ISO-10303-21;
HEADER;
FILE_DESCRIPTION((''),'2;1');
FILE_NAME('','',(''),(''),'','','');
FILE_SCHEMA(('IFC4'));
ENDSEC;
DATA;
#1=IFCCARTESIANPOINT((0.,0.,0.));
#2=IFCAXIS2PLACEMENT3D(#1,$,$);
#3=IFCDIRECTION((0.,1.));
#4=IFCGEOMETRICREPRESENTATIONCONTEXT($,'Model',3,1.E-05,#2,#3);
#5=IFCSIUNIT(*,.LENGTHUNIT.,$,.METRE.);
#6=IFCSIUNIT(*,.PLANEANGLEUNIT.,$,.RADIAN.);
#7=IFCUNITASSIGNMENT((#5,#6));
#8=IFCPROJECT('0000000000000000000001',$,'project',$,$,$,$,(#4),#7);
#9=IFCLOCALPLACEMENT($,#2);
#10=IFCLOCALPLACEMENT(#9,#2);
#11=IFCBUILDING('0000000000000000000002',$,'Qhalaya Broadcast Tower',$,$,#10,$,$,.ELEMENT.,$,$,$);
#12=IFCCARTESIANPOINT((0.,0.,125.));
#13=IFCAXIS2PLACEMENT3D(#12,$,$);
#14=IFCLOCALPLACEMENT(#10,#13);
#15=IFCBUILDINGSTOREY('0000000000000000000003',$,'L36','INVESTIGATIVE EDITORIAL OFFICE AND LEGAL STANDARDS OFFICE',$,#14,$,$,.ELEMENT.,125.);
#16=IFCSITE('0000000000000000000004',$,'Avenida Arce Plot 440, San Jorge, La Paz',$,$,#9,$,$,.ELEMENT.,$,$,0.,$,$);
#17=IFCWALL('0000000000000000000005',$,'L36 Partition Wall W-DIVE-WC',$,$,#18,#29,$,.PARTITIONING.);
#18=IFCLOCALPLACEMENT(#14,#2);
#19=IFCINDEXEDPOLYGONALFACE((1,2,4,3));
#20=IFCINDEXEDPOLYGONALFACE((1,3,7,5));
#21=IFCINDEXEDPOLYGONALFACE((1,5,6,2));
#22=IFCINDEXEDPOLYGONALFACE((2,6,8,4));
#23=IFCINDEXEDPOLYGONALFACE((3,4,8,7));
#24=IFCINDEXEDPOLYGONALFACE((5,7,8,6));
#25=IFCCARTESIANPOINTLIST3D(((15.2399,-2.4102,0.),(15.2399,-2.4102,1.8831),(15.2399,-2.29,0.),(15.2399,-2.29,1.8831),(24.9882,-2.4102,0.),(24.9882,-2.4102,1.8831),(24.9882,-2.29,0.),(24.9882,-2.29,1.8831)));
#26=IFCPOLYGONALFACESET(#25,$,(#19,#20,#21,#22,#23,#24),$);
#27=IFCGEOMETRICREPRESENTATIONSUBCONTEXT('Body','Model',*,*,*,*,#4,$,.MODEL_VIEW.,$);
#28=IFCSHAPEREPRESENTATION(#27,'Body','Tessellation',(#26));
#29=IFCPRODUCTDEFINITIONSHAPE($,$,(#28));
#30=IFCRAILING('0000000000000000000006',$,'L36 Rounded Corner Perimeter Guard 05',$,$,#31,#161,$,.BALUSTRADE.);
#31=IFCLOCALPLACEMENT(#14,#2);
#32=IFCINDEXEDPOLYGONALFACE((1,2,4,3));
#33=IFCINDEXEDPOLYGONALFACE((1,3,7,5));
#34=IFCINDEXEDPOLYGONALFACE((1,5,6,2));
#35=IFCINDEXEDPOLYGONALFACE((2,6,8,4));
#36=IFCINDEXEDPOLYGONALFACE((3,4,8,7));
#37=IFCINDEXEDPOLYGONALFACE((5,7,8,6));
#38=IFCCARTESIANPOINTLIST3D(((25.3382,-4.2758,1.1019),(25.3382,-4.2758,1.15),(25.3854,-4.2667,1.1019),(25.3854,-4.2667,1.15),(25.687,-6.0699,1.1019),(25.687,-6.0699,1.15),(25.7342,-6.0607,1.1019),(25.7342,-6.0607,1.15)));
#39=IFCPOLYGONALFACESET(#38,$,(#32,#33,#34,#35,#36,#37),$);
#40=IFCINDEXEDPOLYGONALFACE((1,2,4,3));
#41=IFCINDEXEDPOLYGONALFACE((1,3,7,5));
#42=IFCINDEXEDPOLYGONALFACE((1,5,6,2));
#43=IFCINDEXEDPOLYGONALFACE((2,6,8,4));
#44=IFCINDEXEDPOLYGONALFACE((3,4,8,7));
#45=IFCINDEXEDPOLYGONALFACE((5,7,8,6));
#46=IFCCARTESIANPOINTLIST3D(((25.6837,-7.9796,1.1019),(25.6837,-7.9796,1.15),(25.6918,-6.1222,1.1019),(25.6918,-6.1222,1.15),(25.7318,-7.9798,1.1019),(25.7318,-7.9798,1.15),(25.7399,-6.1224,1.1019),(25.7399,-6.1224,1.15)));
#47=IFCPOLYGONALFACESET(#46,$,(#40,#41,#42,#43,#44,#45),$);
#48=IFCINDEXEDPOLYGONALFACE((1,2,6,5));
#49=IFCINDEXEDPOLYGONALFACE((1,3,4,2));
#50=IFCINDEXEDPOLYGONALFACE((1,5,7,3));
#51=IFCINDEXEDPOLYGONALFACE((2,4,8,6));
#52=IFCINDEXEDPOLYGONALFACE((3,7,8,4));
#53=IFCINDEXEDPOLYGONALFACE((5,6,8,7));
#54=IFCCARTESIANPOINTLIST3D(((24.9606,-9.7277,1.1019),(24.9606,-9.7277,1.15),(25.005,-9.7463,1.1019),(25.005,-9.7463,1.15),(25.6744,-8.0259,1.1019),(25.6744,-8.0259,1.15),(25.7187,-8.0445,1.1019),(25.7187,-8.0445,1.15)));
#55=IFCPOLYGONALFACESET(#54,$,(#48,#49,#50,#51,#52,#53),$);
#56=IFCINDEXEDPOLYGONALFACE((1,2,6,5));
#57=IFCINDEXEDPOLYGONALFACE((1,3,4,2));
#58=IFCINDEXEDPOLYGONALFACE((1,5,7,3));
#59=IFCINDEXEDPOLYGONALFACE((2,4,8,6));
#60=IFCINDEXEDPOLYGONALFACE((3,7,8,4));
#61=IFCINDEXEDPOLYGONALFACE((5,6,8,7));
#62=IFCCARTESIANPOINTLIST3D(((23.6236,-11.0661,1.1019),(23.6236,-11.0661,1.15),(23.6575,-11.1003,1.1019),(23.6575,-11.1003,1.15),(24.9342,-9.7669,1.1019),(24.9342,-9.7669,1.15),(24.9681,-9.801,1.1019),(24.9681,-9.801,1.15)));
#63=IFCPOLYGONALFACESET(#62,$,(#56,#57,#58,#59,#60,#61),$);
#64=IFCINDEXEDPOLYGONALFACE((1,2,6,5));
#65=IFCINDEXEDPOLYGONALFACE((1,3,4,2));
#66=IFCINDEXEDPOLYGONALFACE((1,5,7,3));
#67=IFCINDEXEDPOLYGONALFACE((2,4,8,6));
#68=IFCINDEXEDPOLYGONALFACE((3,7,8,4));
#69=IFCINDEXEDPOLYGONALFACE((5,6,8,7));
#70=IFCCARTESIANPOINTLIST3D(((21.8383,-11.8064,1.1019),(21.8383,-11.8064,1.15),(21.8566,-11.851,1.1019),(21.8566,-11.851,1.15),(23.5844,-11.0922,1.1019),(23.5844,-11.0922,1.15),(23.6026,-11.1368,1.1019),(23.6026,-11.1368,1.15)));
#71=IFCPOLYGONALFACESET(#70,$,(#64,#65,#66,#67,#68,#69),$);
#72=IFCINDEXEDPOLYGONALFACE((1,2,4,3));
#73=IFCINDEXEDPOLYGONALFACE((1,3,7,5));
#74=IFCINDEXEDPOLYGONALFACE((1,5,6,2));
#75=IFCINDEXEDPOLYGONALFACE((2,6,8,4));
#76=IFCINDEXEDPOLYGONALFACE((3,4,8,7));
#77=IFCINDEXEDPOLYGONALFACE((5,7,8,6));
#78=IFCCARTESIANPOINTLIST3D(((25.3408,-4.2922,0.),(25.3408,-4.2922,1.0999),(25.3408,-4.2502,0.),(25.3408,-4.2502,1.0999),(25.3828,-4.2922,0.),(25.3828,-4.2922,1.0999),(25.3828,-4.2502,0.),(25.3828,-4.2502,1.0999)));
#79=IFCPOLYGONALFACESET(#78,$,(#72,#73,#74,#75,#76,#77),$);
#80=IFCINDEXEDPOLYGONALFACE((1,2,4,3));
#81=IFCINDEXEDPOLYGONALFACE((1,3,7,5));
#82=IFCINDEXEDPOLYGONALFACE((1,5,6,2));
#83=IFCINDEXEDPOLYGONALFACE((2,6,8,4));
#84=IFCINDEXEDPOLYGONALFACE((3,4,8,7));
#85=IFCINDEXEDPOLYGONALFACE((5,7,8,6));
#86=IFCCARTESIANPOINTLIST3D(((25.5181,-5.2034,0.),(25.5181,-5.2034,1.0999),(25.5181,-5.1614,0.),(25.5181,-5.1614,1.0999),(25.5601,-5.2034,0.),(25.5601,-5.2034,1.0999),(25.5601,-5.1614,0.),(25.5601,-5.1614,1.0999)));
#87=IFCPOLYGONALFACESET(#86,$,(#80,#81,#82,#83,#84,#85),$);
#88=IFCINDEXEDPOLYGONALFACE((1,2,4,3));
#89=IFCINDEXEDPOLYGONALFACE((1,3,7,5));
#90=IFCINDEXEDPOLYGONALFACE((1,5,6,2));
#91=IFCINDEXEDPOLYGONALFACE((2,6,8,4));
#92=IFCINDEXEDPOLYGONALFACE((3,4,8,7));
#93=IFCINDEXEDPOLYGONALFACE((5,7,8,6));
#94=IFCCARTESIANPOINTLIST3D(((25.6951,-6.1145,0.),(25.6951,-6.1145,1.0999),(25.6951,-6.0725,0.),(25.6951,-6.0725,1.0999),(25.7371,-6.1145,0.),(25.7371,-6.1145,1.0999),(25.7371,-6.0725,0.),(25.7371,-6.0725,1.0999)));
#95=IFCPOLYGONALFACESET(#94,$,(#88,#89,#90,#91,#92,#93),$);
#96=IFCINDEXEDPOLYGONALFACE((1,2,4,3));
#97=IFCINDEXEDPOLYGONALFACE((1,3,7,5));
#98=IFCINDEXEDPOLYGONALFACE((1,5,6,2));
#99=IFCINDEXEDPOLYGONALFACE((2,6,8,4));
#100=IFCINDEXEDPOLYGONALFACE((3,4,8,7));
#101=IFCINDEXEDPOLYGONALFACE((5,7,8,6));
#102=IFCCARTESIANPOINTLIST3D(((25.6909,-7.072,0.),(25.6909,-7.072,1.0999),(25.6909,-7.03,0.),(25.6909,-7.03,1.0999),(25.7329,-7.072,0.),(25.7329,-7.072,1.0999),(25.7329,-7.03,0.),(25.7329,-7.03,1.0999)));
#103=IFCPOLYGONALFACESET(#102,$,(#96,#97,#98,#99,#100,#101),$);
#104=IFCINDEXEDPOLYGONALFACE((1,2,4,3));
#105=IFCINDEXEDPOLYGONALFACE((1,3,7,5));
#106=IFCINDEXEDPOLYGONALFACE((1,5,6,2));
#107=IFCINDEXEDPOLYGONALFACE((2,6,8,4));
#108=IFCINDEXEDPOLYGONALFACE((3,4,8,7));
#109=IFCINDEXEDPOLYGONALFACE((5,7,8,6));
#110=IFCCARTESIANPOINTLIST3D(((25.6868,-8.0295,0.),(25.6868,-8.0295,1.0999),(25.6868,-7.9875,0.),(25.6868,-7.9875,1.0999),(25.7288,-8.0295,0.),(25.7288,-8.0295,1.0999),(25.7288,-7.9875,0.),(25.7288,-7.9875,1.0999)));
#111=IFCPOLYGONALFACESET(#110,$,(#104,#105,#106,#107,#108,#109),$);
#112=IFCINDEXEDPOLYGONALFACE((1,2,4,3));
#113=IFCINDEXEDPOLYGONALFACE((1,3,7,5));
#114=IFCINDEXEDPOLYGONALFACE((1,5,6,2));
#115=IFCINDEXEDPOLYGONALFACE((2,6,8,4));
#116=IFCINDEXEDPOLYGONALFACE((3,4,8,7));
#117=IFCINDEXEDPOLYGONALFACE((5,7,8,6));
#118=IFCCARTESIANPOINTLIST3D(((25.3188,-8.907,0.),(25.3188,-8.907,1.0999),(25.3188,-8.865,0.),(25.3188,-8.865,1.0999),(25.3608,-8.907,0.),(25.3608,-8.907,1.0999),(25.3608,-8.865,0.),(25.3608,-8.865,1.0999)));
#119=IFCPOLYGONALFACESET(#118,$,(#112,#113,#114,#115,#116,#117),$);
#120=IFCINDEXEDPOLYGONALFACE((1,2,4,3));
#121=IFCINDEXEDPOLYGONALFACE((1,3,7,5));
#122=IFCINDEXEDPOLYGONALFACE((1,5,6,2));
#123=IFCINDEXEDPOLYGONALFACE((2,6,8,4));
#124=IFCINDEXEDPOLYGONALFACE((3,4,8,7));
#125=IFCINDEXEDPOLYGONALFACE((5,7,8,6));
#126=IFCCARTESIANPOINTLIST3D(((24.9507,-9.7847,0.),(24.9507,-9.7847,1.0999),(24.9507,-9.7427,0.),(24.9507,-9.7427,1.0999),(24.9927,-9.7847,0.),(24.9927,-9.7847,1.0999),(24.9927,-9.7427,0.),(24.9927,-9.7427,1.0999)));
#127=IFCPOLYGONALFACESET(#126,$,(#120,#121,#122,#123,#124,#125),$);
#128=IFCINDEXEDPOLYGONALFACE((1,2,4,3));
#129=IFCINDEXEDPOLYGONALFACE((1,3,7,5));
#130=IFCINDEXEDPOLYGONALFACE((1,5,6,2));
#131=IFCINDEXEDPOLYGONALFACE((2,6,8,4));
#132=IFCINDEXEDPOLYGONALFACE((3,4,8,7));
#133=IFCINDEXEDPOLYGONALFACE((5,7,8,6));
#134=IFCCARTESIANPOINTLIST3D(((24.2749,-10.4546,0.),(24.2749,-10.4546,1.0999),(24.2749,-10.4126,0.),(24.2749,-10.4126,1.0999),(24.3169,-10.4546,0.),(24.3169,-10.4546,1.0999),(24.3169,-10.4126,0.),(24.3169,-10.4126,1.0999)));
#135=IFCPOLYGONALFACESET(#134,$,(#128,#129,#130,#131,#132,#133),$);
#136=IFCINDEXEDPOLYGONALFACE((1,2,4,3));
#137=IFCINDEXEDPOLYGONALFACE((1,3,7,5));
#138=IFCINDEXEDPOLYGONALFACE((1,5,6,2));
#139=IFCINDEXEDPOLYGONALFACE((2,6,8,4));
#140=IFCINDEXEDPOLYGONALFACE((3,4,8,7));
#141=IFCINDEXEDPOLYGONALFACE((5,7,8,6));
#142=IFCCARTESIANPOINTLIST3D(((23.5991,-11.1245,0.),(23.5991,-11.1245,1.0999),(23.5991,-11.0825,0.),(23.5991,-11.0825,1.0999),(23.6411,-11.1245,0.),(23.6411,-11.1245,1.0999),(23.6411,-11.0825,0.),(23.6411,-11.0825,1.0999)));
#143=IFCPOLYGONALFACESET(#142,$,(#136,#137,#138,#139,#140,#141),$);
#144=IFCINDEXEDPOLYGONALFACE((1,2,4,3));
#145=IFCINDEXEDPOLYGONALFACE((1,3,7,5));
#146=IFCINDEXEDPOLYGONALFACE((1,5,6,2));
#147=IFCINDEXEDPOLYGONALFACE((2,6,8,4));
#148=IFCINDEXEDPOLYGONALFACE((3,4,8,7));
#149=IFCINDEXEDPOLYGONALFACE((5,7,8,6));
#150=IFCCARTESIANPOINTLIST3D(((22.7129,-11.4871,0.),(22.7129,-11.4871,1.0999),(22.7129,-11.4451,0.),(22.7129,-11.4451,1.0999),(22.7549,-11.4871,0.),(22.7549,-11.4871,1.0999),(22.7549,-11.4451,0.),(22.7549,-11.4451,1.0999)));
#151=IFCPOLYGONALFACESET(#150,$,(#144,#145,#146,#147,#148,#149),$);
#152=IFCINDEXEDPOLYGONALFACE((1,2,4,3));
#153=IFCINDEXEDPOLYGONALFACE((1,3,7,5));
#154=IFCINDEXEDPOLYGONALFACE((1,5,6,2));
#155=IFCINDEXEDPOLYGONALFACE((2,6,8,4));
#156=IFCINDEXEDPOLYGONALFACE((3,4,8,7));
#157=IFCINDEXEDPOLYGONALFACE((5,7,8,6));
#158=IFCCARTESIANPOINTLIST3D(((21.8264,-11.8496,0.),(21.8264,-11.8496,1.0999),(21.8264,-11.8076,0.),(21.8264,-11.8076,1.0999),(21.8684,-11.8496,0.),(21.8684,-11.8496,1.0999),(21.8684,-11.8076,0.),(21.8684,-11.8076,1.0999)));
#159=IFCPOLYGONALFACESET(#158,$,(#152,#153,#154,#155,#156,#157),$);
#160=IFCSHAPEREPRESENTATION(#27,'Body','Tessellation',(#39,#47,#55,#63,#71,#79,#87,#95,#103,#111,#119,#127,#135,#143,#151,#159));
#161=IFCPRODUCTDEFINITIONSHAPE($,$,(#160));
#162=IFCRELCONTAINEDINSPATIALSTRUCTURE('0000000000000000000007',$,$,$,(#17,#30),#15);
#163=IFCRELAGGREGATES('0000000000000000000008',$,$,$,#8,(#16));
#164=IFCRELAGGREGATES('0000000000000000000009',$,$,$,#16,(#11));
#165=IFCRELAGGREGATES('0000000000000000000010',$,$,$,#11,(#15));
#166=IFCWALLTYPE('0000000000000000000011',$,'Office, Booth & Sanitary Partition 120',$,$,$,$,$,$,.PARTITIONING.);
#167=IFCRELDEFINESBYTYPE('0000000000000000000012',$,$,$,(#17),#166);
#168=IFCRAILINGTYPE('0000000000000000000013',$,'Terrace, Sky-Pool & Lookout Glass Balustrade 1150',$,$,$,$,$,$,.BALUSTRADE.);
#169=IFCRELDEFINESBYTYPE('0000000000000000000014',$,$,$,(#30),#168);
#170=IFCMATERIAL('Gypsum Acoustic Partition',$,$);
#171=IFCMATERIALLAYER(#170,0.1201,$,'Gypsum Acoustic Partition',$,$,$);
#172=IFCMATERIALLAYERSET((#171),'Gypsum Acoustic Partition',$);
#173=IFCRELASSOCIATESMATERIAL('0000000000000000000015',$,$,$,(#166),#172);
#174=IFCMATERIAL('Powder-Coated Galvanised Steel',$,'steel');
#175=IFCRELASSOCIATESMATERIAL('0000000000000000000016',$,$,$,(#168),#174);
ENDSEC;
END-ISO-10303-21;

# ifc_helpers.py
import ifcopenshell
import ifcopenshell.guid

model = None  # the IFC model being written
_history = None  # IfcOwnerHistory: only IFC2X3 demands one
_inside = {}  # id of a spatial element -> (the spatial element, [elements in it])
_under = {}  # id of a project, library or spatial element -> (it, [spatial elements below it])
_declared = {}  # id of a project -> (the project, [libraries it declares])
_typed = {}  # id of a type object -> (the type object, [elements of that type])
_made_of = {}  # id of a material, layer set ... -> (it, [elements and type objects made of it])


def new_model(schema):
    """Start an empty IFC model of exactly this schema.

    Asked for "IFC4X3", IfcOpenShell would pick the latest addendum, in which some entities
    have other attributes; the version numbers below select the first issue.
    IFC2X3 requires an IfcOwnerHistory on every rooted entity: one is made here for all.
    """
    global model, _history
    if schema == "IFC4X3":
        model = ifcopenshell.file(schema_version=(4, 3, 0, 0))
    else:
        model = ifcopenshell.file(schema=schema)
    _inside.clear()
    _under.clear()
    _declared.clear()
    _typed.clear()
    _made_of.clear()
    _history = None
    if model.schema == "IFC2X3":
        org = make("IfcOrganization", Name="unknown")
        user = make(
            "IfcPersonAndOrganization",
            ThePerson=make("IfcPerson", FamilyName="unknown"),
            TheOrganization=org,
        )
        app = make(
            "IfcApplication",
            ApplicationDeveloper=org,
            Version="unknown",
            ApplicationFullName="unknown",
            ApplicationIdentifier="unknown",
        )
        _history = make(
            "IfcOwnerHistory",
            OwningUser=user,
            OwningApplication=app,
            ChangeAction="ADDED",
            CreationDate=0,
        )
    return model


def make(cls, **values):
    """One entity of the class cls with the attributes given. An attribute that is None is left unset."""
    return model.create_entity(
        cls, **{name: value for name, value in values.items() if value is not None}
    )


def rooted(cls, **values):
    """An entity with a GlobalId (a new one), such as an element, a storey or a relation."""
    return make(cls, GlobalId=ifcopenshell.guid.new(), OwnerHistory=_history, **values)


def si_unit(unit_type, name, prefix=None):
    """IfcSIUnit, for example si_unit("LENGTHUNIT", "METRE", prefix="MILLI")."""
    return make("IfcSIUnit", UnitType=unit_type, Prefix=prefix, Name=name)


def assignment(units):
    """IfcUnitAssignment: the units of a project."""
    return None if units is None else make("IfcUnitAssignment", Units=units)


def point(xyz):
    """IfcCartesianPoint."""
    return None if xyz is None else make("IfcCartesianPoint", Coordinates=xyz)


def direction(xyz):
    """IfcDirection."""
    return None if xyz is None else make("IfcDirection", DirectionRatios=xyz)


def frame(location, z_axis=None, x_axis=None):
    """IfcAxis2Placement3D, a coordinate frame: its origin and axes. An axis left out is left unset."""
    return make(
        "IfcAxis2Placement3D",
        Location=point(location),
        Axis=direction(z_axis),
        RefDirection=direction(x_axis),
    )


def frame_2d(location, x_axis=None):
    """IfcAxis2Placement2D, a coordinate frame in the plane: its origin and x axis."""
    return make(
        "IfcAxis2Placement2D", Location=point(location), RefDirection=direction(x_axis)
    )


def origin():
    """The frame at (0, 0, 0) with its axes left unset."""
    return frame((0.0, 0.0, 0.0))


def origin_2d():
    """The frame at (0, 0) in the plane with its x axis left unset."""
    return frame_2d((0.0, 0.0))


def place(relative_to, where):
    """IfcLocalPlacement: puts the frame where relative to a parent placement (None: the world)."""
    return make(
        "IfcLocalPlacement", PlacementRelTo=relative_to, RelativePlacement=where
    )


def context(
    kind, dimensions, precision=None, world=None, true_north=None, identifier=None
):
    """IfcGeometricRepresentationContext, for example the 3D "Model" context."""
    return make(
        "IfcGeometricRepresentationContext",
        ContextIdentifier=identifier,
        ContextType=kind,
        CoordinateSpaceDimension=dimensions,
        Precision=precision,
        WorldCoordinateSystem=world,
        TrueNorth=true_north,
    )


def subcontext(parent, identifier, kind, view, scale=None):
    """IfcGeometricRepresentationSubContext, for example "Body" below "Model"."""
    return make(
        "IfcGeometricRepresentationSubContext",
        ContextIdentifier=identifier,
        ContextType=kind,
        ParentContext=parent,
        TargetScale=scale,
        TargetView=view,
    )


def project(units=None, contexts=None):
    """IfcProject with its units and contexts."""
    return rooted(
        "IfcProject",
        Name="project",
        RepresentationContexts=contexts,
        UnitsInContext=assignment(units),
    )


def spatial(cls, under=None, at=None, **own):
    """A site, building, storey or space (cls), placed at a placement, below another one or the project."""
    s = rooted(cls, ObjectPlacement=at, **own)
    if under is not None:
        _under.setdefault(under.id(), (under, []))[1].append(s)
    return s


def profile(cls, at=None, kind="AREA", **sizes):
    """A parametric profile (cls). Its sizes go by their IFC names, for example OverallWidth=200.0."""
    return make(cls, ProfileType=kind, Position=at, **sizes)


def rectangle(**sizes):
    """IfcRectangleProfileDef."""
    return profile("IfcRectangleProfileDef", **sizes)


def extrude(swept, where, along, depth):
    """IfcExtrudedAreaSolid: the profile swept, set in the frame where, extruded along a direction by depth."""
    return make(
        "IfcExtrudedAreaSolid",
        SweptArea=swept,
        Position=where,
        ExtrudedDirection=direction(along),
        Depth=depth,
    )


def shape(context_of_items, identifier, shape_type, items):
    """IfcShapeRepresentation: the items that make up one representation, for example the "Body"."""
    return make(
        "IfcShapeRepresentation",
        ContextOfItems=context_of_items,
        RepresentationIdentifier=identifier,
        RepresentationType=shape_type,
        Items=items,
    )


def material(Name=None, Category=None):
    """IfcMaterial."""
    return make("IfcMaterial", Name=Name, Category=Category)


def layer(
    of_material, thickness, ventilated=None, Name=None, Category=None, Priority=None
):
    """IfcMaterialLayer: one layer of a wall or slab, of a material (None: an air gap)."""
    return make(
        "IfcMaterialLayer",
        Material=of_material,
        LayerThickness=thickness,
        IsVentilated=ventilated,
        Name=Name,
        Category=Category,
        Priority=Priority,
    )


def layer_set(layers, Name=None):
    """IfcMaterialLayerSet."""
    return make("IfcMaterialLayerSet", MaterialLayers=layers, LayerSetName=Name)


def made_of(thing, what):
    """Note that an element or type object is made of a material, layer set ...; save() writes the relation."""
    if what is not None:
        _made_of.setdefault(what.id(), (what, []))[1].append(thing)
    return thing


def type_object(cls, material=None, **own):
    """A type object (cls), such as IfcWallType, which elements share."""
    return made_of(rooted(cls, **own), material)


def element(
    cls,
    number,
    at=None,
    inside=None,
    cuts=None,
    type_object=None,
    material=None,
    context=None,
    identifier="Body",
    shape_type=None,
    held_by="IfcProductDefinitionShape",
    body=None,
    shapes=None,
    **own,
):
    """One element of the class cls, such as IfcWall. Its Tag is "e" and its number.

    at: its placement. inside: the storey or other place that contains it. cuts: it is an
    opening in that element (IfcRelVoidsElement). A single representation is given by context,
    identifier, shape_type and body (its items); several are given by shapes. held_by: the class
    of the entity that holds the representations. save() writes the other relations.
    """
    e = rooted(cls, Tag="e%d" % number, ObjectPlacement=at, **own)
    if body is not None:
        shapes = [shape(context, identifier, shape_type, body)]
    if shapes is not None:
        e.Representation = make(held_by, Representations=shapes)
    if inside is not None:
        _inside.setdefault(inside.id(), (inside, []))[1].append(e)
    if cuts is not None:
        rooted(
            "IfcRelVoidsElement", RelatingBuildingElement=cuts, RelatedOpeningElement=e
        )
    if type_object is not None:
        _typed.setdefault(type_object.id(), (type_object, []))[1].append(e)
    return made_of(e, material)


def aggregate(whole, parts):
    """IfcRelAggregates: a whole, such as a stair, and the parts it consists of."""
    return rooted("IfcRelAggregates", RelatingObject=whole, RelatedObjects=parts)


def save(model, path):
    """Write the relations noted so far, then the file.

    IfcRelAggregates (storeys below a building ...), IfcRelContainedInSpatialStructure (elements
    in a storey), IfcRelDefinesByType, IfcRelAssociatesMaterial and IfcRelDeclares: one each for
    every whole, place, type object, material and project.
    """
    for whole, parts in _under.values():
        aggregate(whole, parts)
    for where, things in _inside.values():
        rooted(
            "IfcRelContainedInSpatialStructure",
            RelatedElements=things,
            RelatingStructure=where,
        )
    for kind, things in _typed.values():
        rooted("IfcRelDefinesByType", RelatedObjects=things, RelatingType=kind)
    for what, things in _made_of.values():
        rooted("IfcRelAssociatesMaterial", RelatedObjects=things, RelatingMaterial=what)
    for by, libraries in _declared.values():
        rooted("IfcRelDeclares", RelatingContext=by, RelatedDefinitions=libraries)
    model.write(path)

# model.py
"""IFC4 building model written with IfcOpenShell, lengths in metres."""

from ifc_helpers import new_model, si_unit, direction, frame, frame_2d, origin, origin_2d, place, context, subcontext, project, spatial, rectangle, extrude, material, layer, layer_set, type_object, element, save


model = new_model("IFC4")

# Units and contexts
model_context = context("Model", 3, precision=1e-05, world=origin(), true_north=direction((0.0, 1.0)))
body_context = subcontext(model_context, "Body", "Model", "MODEL_VIEW")
ifc_project = project(units=[si_unit("LENGTHUNIT", "METRE"), si_unit("PLANEANGLEUNIT", "RADIAN")], contexts=[model_context])

# Site, building, storey
site_placement = place(None, origin())
site = spatial("IfcSite", under=ifc_project, at=site_placement, Name="Avenida Arce Plot 440, San Jorge, La Paz", CompositionType="ELEMENT", RefElevation=0.0)
building_placement = place(site_placement, origin())
building = spatial("IfcBuilding", under=site, at=building_placement, Name="Qhalaya Broadcast Tower", CompositionType="ELEMENT")
storey_placement = place(building_placement, frame((0.0, 0.0, 125.0)))
storey = spatial("IfcBuildingStorey", under=building, at=storey_placement, Name="L36", Description="INVESTIGATIVE EDITORIAL OFFICE AND LEGAL STANDARDS OFFICE", CompositionType="ELEMENT", Elevation=125.0)

# Shared definitions
ifc_material_1 = material(Name="Gypsum Acoustic Partition")
ifc_layer_1 = layer(ifc_material_1, 0.1201, Name="Gypsum Acoustic Partition")
ifc_layer_set_1 = layer_set([ifc_layer_1], Name="Gypsum Acoustic Partition")
wall_type_1 = type_object("IfcWallType", Name="Office, Booth & Sanitary Partition 120", PredefinedType="PARTITIONING", material=ifc_layer_set_1)

# Wall
wall_1_placement = place(storey_placement, frame((15.24, -2.3501, 0.0), z_axis=(0.0, 0.0, 1.0), x_axis=(1.0, 0.0, 0.0)))
element("IfcWall", 1, at=wall_1_placement, inside=storey, type_object=wall_type_1, Name="L36 Partition Wall W-DIVE-WC", PredefinedType="PARTITIONING", context=body_context, shape_type="SweptSolid", body=[
    extrude(rectangle(XDim=9.7483, YDim=0.1201, at=frame_2d((4.874, 0.0))), origin(), (0.0, 0.0, 1.0), 1.8831),
])

# Railing
ifc_material_2 = material(Name="Powder-Coated Galvanised Steel", Category="steel")
railing_type = type_object("IfcRailingType", Name="Terrace, Sky-Pool & Lookout Glass Balustrade 1150", PredefinedType="BALUSTRADE", material=ifc_material_2)
railing_placement = place(storey_placement, frame((25.3618, -4.2712, 0.0)))
element("IfcRailing", 2, at=railing_placement, inside=storey, type_object=railing_type, Name="L36 Rounded Corner Perimeter Guard 05", PredefinedType="BALUSTRADE", context=body_context, shape_type="SweptSolid", body=[
    extrude(rectangle(XDim=0.0481, YDim=0.0481, at=origin_2d()), frame((0.0, 0.0, 1.126), z_axis=(0.190827, -0.981624, 0.0), x_axis=(0.981624, 0.190827, 0.0)), (0.0, 0.0, 1.0), 1.8276),
    extrude(rectangle(XDim=0.0481, YDim=0.0481, at=origin_2d()), frame((0.354, -1.8511, 1.126), z_axis=(-0.004334, -0.999991, 0.0), x_axis=(0.999991, -0.004334, 0.0)), (0.0, 0.0, 1.0), 1.8574),
    extrude(rectangle(XDim=0.0481, YDim=0.0481, at=origin_2d()), frame((0.3347, -3.7639, 1.126), z_axis=(-0.386755, -0.922183, 0.0), x_axis=(0.922183, -0.386755, 0.0)), (0.0, 0.0, 1.0), 1.8455),
    extrude(rectangle(XDim=0.0481, YDim=0.0481, at=origin_2d()), frame((-0.4106, -5.5127, 1.126), z_axis=(-0.710179, -0.704021, 0.0), x_axis=(0.704021, -0.710179, 0.0)), (0.0, 0.0, 1.0), 1.8455),
    extrude(rectangle(XDim=0.0481, YDim=0.0481, at=origin_2d()), frame((-1.7683, -6.8433, 1.126), z_axis=(-0.925565, -0.378588, 0.0), x_axis=(0.378588, -0.925565, 0.0)), (0.0, 0.0, 1.0), 1.8865),
    extrude(rectangle(XDim=0.042, YDim=0.042, at=origin_2d()), origin(), (0.0, 0.0, 1.0), 1.0999),
    extrude(rectangle(XDim=0.042, YDim=0.042, at=origin_2d()), frame((0.1772, -0.9111, 0.0)), (0.0, 0.0, 1.0), 1.0999),
    extrude(rectangle(XDim=0.042, YDim=0.042, at=origin_2d()), frame((0.3542, -1.8223, 0.0)), (0.0, 0.0, 1.0), 1.0999),
    extrude(rectangle(XDim=0.042, YDim=0.042, at=origin_2d()), frame((0.3501, -2.7798, 0.0)), (0.0, 0.0, 1.0), 1.0999),
    extrude(rectangle(XDim=0.042, YDim=0.042, at=origin_2d()), frame((0.3459, -3.7373, 0.0)), (0.0, 0.0, 1.0), 1.0999),
    extrude(rectangle(XDim=0.042, YDim=0.042, at=origin_2d()), frame((-0.022, -4.6147, 0.0)), (0.0, 0.0, 1.0), 1.0999),
    extrude(rectangle(XDim=0.042, YDim=0.042, at=origin_2d()), frame((-0.3901, -5.4924, 0.0)), (0.0, 0.0, 1.0), 1.0999),
    extrude(rectangle(XDim=0.042, YDim=0.042, at=origin_2d()), frame((-1.0659, -6.1624, 0.0)), (0.0, 0.0, 1.0), 1.0999),
    extrude(rectangle(XDim=0.042, YDim=0.042, at=origin_2d()), frame((-1.7417, -6.8323, 0.0)), (0.0, 0.0, 1.0), 1.0999),
    extrude(rectangle(XDim=0.042, YDim=0.042, at=origin_2d()), frame((-2.6279, -7.1948, 0.0)), (0.0, 0.0, 1.0), 1.0999),
    extrude(rectangle(XDim=0.042, YDim=0.042, at=origin_2d()), frame((-3.5144, -7.5574, 0.0)), (0.0, 0.0, 1.0), 1.0999),
])

save(model, "model.ifc")
